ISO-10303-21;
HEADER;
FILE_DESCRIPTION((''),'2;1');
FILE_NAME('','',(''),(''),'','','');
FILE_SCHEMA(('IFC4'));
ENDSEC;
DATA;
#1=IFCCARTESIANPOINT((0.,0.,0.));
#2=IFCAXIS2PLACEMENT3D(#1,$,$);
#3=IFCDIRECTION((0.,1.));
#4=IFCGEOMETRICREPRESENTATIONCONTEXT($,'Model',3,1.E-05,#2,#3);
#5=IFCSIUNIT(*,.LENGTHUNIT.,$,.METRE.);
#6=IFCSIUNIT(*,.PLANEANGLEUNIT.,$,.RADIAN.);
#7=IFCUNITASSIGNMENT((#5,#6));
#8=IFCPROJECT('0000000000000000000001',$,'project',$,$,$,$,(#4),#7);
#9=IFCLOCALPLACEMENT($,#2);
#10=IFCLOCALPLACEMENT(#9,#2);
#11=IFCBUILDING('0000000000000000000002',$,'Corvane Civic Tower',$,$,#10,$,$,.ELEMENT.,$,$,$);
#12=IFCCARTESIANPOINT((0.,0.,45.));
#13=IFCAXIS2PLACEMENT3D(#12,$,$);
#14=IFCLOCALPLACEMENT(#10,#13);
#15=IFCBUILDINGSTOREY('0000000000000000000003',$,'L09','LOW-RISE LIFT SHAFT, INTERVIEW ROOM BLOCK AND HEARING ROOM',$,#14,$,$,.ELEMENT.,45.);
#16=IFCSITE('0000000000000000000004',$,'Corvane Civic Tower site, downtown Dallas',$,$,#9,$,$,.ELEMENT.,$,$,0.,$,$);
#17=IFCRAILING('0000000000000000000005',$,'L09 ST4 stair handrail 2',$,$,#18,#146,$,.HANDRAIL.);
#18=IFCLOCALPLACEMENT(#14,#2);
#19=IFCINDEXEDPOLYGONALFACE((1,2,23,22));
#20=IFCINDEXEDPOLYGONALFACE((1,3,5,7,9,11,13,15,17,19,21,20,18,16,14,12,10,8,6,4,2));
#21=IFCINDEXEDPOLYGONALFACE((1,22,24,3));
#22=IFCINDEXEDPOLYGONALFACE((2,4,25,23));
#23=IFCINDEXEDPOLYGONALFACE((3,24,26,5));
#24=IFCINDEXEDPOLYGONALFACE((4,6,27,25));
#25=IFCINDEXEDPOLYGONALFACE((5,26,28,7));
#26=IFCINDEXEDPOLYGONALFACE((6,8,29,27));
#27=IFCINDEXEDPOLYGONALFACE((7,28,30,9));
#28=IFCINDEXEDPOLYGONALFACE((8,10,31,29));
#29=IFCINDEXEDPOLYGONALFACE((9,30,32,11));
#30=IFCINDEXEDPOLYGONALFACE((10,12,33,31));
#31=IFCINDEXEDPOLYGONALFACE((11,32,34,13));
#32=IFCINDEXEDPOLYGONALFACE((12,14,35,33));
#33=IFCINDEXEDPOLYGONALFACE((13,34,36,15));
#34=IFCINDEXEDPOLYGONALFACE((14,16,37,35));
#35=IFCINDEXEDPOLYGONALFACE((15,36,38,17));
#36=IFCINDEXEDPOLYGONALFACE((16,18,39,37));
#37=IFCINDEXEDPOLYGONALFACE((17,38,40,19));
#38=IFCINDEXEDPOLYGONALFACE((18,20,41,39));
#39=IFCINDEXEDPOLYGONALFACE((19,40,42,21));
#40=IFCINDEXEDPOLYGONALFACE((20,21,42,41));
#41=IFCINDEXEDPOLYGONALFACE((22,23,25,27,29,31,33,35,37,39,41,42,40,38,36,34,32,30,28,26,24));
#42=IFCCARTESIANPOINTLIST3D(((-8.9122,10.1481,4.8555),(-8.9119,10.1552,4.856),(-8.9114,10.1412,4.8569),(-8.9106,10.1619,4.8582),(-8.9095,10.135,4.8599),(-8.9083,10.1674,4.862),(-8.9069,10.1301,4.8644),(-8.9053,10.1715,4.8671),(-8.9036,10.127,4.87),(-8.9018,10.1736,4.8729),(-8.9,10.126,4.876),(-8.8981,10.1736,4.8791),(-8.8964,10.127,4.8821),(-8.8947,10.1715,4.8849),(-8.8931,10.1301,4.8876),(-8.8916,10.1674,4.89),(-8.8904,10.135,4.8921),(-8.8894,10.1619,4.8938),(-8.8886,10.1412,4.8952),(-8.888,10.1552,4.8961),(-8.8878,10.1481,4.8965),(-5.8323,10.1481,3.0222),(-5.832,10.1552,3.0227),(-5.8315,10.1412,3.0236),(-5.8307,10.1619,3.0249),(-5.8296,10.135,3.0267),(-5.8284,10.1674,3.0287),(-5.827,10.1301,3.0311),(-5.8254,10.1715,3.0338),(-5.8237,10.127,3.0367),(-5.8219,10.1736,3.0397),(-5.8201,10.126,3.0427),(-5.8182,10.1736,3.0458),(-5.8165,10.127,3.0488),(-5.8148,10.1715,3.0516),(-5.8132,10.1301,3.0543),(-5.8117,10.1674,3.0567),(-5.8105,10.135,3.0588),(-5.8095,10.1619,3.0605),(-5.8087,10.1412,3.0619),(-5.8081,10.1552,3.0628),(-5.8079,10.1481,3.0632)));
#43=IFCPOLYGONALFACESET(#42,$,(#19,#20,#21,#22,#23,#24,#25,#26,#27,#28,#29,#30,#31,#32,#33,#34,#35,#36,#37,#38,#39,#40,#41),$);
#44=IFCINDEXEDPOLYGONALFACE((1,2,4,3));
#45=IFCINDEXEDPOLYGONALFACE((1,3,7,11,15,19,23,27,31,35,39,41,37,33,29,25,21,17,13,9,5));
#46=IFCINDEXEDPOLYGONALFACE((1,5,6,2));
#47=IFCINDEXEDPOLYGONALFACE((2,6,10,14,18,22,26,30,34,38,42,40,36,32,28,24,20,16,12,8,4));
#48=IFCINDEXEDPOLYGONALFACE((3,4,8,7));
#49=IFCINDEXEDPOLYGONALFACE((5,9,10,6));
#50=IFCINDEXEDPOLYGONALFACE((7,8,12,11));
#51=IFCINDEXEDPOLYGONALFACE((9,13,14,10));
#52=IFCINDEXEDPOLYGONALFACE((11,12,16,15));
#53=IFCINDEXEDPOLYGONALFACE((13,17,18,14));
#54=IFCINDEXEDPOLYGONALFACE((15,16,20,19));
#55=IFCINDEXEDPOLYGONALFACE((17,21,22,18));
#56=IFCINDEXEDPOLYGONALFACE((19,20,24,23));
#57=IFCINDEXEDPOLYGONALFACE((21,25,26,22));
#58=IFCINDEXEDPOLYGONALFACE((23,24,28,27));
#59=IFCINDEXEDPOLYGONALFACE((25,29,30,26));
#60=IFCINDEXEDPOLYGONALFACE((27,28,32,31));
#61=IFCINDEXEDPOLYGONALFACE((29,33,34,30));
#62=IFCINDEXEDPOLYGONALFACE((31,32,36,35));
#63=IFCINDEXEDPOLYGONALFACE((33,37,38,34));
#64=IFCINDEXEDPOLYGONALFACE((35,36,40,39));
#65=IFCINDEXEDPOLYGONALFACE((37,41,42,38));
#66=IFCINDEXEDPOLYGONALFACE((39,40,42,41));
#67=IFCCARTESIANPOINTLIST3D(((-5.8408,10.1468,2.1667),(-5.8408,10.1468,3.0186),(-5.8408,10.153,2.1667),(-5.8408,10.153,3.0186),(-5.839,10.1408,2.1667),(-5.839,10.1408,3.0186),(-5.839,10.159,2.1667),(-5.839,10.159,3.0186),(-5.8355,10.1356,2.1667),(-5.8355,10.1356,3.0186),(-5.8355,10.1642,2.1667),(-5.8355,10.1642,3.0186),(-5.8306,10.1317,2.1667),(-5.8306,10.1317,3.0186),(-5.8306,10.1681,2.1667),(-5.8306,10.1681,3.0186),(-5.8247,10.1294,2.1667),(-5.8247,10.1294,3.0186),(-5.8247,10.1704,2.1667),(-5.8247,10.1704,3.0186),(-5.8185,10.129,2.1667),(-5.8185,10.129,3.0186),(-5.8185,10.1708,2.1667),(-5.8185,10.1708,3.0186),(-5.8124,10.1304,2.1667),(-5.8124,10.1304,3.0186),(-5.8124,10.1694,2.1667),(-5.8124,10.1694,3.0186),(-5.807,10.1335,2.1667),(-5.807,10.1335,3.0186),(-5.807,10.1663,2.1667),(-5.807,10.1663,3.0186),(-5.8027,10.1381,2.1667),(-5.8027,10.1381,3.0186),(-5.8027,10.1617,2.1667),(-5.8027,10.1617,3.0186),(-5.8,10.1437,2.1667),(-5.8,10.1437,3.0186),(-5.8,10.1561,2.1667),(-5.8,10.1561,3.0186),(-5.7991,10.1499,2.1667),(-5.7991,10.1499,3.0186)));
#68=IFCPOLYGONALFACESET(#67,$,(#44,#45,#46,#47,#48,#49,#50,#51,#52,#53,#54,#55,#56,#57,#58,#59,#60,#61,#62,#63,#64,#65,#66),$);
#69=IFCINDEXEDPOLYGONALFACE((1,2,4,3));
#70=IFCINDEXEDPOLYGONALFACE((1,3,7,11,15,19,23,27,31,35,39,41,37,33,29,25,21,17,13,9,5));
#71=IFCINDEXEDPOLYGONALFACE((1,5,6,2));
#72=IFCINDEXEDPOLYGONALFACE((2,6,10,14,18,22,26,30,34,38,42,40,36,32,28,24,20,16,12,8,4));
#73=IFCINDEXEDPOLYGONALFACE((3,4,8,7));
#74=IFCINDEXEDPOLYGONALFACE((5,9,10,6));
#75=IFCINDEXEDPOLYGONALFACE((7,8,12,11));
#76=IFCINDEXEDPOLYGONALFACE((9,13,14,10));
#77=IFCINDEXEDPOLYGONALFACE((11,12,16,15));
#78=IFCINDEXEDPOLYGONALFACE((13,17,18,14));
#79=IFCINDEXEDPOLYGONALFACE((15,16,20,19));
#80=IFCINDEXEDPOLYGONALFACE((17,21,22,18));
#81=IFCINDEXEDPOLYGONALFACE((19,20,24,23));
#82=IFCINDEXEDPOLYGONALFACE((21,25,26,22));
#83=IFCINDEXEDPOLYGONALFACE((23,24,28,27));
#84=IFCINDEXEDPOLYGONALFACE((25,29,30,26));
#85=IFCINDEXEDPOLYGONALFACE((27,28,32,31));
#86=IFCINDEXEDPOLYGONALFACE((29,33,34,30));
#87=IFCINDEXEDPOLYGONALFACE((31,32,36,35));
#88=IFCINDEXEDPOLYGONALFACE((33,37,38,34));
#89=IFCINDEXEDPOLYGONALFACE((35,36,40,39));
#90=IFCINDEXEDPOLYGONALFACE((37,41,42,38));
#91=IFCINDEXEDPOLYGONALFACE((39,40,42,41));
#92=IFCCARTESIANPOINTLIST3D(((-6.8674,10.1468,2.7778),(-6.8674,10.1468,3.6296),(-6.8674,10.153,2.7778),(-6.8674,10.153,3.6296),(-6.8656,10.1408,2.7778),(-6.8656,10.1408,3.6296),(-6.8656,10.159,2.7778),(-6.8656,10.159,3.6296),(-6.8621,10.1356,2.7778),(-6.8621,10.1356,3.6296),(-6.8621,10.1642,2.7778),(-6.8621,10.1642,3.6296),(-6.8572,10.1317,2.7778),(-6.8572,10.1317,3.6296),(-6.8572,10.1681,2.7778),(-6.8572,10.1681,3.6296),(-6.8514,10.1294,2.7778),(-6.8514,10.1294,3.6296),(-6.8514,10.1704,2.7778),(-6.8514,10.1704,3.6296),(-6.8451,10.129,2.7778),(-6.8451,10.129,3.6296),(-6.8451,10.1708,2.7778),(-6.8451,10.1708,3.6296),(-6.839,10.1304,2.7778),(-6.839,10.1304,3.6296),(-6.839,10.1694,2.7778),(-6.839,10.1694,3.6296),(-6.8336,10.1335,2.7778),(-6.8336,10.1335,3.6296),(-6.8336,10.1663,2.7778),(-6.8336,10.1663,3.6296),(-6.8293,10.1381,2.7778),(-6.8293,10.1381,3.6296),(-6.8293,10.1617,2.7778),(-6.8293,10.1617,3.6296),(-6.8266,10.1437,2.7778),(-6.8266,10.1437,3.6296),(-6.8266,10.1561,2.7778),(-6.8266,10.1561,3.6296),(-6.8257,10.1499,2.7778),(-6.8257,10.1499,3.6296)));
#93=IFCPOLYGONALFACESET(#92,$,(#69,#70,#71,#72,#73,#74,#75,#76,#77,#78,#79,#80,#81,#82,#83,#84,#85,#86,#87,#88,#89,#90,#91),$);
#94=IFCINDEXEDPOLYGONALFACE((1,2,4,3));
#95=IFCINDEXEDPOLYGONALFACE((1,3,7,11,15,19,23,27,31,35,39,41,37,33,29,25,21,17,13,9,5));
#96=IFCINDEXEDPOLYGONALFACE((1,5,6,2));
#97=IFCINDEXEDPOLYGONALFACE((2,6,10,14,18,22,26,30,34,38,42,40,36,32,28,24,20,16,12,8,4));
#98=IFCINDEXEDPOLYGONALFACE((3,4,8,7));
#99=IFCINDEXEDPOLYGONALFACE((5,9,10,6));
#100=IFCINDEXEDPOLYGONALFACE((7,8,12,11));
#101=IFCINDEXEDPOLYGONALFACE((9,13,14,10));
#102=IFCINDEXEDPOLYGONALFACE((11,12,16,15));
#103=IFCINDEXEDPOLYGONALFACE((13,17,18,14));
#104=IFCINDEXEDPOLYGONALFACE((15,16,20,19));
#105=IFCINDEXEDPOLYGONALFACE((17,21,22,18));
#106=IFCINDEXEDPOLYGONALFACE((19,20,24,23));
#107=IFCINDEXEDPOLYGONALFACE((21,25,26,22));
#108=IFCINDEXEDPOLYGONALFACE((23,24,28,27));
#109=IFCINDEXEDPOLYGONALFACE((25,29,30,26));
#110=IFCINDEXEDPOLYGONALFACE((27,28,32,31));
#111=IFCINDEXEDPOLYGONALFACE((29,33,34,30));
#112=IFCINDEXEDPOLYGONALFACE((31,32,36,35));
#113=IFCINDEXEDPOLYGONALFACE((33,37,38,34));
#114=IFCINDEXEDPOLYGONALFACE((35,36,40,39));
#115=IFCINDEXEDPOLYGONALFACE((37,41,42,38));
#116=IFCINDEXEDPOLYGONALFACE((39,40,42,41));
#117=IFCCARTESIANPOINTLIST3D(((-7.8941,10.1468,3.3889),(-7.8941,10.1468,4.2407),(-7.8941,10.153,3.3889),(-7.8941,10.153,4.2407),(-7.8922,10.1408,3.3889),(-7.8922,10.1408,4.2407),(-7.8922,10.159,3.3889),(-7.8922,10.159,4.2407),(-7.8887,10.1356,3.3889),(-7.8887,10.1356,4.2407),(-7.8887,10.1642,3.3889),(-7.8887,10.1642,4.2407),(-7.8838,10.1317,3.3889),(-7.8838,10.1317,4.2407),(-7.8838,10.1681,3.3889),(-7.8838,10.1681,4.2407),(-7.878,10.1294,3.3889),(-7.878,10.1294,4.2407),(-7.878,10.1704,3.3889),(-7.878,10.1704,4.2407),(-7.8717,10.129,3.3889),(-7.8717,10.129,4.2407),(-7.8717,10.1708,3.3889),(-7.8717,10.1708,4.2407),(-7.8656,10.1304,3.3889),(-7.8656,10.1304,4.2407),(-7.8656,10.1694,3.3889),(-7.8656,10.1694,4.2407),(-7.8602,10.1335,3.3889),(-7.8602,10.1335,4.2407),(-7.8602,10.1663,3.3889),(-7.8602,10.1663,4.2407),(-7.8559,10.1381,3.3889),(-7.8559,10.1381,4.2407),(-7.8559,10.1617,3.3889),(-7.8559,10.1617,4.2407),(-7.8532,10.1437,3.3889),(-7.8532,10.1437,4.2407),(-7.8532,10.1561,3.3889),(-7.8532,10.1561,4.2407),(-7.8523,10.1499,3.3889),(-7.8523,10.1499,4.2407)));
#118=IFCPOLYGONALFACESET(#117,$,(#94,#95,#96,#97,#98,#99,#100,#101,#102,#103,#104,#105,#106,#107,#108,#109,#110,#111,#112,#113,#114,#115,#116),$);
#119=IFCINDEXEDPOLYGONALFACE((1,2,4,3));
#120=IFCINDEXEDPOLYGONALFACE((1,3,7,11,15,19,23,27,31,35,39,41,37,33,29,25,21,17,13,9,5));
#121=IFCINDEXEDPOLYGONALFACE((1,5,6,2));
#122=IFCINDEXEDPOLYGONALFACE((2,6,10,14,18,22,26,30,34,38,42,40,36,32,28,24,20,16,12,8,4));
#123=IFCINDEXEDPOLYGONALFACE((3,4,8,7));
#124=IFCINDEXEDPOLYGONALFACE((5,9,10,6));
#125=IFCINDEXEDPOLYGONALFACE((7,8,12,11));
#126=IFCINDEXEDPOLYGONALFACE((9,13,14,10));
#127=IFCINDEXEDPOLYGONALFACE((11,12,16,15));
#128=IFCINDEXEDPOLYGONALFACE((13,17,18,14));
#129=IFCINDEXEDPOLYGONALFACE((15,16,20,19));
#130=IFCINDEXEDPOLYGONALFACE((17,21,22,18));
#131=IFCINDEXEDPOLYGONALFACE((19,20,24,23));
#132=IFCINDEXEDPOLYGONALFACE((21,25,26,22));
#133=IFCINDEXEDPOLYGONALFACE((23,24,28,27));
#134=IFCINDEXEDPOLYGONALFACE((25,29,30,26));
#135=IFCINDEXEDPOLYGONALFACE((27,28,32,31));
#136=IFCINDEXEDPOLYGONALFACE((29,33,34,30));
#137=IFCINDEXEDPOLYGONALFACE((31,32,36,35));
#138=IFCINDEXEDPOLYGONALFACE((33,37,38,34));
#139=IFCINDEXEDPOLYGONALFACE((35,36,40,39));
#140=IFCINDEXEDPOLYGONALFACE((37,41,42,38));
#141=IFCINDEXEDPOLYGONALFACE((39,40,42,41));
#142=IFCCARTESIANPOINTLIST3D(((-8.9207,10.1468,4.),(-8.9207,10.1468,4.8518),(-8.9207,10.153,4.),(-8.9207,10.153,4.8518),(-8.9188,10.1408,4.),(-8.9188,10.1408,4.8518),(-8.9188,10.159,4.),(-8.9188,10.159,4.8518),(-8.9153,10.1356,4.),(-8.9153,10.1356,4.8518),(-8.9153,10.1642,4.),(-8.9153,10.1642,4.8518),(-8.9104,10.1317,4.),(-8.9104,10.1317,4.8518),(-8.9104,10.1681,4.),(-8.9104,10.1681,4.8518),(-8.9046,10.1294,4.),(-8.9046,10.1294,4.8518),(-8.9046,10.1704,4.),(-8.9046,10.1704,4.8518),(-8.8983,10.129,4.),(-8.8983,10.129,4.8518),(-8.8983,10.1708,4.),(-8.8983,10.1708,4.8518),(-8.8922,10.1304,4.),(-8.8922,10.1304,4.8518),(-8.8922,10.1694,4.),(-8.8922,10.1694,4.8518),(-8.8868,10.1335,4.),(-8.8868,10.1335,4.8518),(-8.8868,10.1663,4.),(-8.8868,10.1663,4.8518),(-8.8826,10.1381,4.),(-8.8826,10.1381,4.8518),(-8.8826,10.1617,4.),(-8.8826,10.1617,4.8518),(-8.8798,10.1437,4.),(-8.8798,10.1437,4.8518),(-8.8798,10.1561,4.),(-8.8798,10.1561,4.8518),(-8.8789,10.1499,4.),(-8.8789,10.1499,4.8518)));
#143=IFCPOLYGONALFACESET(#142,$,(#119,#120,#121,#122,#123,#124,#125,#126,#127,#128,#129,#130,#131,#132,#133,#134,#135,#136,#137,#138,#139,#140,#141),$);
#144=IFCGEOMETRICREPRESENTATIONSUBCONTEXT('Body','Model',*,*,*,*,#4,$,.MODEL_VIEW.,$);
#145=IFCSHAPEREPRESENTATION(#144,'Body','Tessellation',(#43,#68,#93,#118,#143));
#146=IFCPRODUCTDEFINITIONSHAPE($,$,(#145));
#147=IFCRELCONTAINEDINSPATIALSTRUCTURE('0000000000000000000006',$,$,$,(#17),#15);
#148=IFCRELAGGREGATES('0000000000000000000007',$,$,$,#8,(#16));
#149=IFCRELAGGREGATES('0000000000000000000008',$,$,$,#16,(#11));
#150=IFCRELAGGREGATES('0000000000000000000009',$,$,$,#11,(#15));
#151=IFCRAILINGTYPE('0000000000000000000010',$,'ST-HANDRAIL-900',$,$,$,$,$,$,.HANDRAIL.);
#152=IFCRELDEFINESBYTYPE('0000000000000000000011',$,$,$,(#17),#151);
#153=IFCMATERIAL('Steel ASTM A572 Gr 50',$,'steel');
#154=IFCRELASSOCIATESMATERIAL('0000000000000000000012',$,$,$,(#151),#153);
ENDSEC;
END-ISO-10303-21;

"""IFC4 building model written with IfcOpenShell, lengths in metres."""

from ifc_helpers import new_model, si_unit, direction, frame, origin, origin_2d, place, context, subcontext, project, spatial, circle, extrude, material, type_object, element, save


model = new_model("IFC4")

# Units and contexts
model_context = context("Model", 3, precision=1e-05, world=origin(), true_north=direction((0.0, 1.0)))
body_context = subcontext(model_context, "Body", "Model", "MODEL_VIEW")
ifc_project = project(units=[si_unit("LENGTHUNIT", "METRE"), si_unit("PLANEANGLEUNIT", "RADIAN")], contexts=[model_context])

# Site, building, storey
site_placement = place(None, origin())
site = spatial("IfcSite", under=ifc_project, at=site_placement, Name="Corvane Civic Tower site, downtown Dallas", CompositionType="ELEMENT", RefElevation=0.0)
building_placement = place(site_placement, origin())
building = spatial("IfcBuilding", under=site, at=building_placement, Name="Corvane Civic Tower", CompositionType="ELEMENT")
storey_placement = place(building_placement, frame((0.0, 0.0, 45.0)))
storey = spatial("IfcBuildingStorey", under=building, at=storey_placement, Name="L09", Description="LOW-RISE LIFT SHAFT, INTERVIEW ROOM BLOCK AND HEARING ROOM", CompositionType="ELEMENT", Elevation=45.0)

# Railing
ifc_material_1 = material(Name="Steel ASTM A572 Gr 50", Category="steel")
railing_type_1 = type_object("IfcRailingType", Name="ST-HANDRAIL-900", PredefinedType="HANDRAIL", material=ifc_material_1)
railing_1_placement = place(storey_placement, frame((-5.8201, 10.1499, 2.1667)))
element("IfcRailing", 1, at=railing_1_placement, inside=storey, type_object=railing_type_1, Name="L09 ST4 stair handrail 2", PredefinedType="HANDRAIL", context=body_context, shape_type="SweptSolid", body=[
    extrude(circle(Radius=0.0239, at=origin_2d()), frame((0.0, 0.0, 0.876), z_axis=(-0.859291, 0.0, 0.511487), x_axis=(0.0, -1.0, 0.0)), (0.0, 0.0, 1.0), 3.5842),
    extrude(circle(Radius=0.021, at=origin_2d()), origin(), (0.0, 0.0, 1.0), 0.8518),
    extrude(circle(Radius=0.021, at=origin_2d()), frame((-1.0266, 0.0, 0.6111)), (0.0, 0.0, 1.0), 0.8518),
    extrude(circle(Radius=0.021, at=origin_2d()), frame((-2.0532, 0.0, 1.2222)), (0.0, 0.0, 1.0), 0.8518),
    extrude(circle(Radius=0.021, at=origin_2d()), frame((-3.0798, 0.0, 1.8333)), (0.0, 0.0, 1.0), 0.8518),
])

save(model, "model.ifc")
